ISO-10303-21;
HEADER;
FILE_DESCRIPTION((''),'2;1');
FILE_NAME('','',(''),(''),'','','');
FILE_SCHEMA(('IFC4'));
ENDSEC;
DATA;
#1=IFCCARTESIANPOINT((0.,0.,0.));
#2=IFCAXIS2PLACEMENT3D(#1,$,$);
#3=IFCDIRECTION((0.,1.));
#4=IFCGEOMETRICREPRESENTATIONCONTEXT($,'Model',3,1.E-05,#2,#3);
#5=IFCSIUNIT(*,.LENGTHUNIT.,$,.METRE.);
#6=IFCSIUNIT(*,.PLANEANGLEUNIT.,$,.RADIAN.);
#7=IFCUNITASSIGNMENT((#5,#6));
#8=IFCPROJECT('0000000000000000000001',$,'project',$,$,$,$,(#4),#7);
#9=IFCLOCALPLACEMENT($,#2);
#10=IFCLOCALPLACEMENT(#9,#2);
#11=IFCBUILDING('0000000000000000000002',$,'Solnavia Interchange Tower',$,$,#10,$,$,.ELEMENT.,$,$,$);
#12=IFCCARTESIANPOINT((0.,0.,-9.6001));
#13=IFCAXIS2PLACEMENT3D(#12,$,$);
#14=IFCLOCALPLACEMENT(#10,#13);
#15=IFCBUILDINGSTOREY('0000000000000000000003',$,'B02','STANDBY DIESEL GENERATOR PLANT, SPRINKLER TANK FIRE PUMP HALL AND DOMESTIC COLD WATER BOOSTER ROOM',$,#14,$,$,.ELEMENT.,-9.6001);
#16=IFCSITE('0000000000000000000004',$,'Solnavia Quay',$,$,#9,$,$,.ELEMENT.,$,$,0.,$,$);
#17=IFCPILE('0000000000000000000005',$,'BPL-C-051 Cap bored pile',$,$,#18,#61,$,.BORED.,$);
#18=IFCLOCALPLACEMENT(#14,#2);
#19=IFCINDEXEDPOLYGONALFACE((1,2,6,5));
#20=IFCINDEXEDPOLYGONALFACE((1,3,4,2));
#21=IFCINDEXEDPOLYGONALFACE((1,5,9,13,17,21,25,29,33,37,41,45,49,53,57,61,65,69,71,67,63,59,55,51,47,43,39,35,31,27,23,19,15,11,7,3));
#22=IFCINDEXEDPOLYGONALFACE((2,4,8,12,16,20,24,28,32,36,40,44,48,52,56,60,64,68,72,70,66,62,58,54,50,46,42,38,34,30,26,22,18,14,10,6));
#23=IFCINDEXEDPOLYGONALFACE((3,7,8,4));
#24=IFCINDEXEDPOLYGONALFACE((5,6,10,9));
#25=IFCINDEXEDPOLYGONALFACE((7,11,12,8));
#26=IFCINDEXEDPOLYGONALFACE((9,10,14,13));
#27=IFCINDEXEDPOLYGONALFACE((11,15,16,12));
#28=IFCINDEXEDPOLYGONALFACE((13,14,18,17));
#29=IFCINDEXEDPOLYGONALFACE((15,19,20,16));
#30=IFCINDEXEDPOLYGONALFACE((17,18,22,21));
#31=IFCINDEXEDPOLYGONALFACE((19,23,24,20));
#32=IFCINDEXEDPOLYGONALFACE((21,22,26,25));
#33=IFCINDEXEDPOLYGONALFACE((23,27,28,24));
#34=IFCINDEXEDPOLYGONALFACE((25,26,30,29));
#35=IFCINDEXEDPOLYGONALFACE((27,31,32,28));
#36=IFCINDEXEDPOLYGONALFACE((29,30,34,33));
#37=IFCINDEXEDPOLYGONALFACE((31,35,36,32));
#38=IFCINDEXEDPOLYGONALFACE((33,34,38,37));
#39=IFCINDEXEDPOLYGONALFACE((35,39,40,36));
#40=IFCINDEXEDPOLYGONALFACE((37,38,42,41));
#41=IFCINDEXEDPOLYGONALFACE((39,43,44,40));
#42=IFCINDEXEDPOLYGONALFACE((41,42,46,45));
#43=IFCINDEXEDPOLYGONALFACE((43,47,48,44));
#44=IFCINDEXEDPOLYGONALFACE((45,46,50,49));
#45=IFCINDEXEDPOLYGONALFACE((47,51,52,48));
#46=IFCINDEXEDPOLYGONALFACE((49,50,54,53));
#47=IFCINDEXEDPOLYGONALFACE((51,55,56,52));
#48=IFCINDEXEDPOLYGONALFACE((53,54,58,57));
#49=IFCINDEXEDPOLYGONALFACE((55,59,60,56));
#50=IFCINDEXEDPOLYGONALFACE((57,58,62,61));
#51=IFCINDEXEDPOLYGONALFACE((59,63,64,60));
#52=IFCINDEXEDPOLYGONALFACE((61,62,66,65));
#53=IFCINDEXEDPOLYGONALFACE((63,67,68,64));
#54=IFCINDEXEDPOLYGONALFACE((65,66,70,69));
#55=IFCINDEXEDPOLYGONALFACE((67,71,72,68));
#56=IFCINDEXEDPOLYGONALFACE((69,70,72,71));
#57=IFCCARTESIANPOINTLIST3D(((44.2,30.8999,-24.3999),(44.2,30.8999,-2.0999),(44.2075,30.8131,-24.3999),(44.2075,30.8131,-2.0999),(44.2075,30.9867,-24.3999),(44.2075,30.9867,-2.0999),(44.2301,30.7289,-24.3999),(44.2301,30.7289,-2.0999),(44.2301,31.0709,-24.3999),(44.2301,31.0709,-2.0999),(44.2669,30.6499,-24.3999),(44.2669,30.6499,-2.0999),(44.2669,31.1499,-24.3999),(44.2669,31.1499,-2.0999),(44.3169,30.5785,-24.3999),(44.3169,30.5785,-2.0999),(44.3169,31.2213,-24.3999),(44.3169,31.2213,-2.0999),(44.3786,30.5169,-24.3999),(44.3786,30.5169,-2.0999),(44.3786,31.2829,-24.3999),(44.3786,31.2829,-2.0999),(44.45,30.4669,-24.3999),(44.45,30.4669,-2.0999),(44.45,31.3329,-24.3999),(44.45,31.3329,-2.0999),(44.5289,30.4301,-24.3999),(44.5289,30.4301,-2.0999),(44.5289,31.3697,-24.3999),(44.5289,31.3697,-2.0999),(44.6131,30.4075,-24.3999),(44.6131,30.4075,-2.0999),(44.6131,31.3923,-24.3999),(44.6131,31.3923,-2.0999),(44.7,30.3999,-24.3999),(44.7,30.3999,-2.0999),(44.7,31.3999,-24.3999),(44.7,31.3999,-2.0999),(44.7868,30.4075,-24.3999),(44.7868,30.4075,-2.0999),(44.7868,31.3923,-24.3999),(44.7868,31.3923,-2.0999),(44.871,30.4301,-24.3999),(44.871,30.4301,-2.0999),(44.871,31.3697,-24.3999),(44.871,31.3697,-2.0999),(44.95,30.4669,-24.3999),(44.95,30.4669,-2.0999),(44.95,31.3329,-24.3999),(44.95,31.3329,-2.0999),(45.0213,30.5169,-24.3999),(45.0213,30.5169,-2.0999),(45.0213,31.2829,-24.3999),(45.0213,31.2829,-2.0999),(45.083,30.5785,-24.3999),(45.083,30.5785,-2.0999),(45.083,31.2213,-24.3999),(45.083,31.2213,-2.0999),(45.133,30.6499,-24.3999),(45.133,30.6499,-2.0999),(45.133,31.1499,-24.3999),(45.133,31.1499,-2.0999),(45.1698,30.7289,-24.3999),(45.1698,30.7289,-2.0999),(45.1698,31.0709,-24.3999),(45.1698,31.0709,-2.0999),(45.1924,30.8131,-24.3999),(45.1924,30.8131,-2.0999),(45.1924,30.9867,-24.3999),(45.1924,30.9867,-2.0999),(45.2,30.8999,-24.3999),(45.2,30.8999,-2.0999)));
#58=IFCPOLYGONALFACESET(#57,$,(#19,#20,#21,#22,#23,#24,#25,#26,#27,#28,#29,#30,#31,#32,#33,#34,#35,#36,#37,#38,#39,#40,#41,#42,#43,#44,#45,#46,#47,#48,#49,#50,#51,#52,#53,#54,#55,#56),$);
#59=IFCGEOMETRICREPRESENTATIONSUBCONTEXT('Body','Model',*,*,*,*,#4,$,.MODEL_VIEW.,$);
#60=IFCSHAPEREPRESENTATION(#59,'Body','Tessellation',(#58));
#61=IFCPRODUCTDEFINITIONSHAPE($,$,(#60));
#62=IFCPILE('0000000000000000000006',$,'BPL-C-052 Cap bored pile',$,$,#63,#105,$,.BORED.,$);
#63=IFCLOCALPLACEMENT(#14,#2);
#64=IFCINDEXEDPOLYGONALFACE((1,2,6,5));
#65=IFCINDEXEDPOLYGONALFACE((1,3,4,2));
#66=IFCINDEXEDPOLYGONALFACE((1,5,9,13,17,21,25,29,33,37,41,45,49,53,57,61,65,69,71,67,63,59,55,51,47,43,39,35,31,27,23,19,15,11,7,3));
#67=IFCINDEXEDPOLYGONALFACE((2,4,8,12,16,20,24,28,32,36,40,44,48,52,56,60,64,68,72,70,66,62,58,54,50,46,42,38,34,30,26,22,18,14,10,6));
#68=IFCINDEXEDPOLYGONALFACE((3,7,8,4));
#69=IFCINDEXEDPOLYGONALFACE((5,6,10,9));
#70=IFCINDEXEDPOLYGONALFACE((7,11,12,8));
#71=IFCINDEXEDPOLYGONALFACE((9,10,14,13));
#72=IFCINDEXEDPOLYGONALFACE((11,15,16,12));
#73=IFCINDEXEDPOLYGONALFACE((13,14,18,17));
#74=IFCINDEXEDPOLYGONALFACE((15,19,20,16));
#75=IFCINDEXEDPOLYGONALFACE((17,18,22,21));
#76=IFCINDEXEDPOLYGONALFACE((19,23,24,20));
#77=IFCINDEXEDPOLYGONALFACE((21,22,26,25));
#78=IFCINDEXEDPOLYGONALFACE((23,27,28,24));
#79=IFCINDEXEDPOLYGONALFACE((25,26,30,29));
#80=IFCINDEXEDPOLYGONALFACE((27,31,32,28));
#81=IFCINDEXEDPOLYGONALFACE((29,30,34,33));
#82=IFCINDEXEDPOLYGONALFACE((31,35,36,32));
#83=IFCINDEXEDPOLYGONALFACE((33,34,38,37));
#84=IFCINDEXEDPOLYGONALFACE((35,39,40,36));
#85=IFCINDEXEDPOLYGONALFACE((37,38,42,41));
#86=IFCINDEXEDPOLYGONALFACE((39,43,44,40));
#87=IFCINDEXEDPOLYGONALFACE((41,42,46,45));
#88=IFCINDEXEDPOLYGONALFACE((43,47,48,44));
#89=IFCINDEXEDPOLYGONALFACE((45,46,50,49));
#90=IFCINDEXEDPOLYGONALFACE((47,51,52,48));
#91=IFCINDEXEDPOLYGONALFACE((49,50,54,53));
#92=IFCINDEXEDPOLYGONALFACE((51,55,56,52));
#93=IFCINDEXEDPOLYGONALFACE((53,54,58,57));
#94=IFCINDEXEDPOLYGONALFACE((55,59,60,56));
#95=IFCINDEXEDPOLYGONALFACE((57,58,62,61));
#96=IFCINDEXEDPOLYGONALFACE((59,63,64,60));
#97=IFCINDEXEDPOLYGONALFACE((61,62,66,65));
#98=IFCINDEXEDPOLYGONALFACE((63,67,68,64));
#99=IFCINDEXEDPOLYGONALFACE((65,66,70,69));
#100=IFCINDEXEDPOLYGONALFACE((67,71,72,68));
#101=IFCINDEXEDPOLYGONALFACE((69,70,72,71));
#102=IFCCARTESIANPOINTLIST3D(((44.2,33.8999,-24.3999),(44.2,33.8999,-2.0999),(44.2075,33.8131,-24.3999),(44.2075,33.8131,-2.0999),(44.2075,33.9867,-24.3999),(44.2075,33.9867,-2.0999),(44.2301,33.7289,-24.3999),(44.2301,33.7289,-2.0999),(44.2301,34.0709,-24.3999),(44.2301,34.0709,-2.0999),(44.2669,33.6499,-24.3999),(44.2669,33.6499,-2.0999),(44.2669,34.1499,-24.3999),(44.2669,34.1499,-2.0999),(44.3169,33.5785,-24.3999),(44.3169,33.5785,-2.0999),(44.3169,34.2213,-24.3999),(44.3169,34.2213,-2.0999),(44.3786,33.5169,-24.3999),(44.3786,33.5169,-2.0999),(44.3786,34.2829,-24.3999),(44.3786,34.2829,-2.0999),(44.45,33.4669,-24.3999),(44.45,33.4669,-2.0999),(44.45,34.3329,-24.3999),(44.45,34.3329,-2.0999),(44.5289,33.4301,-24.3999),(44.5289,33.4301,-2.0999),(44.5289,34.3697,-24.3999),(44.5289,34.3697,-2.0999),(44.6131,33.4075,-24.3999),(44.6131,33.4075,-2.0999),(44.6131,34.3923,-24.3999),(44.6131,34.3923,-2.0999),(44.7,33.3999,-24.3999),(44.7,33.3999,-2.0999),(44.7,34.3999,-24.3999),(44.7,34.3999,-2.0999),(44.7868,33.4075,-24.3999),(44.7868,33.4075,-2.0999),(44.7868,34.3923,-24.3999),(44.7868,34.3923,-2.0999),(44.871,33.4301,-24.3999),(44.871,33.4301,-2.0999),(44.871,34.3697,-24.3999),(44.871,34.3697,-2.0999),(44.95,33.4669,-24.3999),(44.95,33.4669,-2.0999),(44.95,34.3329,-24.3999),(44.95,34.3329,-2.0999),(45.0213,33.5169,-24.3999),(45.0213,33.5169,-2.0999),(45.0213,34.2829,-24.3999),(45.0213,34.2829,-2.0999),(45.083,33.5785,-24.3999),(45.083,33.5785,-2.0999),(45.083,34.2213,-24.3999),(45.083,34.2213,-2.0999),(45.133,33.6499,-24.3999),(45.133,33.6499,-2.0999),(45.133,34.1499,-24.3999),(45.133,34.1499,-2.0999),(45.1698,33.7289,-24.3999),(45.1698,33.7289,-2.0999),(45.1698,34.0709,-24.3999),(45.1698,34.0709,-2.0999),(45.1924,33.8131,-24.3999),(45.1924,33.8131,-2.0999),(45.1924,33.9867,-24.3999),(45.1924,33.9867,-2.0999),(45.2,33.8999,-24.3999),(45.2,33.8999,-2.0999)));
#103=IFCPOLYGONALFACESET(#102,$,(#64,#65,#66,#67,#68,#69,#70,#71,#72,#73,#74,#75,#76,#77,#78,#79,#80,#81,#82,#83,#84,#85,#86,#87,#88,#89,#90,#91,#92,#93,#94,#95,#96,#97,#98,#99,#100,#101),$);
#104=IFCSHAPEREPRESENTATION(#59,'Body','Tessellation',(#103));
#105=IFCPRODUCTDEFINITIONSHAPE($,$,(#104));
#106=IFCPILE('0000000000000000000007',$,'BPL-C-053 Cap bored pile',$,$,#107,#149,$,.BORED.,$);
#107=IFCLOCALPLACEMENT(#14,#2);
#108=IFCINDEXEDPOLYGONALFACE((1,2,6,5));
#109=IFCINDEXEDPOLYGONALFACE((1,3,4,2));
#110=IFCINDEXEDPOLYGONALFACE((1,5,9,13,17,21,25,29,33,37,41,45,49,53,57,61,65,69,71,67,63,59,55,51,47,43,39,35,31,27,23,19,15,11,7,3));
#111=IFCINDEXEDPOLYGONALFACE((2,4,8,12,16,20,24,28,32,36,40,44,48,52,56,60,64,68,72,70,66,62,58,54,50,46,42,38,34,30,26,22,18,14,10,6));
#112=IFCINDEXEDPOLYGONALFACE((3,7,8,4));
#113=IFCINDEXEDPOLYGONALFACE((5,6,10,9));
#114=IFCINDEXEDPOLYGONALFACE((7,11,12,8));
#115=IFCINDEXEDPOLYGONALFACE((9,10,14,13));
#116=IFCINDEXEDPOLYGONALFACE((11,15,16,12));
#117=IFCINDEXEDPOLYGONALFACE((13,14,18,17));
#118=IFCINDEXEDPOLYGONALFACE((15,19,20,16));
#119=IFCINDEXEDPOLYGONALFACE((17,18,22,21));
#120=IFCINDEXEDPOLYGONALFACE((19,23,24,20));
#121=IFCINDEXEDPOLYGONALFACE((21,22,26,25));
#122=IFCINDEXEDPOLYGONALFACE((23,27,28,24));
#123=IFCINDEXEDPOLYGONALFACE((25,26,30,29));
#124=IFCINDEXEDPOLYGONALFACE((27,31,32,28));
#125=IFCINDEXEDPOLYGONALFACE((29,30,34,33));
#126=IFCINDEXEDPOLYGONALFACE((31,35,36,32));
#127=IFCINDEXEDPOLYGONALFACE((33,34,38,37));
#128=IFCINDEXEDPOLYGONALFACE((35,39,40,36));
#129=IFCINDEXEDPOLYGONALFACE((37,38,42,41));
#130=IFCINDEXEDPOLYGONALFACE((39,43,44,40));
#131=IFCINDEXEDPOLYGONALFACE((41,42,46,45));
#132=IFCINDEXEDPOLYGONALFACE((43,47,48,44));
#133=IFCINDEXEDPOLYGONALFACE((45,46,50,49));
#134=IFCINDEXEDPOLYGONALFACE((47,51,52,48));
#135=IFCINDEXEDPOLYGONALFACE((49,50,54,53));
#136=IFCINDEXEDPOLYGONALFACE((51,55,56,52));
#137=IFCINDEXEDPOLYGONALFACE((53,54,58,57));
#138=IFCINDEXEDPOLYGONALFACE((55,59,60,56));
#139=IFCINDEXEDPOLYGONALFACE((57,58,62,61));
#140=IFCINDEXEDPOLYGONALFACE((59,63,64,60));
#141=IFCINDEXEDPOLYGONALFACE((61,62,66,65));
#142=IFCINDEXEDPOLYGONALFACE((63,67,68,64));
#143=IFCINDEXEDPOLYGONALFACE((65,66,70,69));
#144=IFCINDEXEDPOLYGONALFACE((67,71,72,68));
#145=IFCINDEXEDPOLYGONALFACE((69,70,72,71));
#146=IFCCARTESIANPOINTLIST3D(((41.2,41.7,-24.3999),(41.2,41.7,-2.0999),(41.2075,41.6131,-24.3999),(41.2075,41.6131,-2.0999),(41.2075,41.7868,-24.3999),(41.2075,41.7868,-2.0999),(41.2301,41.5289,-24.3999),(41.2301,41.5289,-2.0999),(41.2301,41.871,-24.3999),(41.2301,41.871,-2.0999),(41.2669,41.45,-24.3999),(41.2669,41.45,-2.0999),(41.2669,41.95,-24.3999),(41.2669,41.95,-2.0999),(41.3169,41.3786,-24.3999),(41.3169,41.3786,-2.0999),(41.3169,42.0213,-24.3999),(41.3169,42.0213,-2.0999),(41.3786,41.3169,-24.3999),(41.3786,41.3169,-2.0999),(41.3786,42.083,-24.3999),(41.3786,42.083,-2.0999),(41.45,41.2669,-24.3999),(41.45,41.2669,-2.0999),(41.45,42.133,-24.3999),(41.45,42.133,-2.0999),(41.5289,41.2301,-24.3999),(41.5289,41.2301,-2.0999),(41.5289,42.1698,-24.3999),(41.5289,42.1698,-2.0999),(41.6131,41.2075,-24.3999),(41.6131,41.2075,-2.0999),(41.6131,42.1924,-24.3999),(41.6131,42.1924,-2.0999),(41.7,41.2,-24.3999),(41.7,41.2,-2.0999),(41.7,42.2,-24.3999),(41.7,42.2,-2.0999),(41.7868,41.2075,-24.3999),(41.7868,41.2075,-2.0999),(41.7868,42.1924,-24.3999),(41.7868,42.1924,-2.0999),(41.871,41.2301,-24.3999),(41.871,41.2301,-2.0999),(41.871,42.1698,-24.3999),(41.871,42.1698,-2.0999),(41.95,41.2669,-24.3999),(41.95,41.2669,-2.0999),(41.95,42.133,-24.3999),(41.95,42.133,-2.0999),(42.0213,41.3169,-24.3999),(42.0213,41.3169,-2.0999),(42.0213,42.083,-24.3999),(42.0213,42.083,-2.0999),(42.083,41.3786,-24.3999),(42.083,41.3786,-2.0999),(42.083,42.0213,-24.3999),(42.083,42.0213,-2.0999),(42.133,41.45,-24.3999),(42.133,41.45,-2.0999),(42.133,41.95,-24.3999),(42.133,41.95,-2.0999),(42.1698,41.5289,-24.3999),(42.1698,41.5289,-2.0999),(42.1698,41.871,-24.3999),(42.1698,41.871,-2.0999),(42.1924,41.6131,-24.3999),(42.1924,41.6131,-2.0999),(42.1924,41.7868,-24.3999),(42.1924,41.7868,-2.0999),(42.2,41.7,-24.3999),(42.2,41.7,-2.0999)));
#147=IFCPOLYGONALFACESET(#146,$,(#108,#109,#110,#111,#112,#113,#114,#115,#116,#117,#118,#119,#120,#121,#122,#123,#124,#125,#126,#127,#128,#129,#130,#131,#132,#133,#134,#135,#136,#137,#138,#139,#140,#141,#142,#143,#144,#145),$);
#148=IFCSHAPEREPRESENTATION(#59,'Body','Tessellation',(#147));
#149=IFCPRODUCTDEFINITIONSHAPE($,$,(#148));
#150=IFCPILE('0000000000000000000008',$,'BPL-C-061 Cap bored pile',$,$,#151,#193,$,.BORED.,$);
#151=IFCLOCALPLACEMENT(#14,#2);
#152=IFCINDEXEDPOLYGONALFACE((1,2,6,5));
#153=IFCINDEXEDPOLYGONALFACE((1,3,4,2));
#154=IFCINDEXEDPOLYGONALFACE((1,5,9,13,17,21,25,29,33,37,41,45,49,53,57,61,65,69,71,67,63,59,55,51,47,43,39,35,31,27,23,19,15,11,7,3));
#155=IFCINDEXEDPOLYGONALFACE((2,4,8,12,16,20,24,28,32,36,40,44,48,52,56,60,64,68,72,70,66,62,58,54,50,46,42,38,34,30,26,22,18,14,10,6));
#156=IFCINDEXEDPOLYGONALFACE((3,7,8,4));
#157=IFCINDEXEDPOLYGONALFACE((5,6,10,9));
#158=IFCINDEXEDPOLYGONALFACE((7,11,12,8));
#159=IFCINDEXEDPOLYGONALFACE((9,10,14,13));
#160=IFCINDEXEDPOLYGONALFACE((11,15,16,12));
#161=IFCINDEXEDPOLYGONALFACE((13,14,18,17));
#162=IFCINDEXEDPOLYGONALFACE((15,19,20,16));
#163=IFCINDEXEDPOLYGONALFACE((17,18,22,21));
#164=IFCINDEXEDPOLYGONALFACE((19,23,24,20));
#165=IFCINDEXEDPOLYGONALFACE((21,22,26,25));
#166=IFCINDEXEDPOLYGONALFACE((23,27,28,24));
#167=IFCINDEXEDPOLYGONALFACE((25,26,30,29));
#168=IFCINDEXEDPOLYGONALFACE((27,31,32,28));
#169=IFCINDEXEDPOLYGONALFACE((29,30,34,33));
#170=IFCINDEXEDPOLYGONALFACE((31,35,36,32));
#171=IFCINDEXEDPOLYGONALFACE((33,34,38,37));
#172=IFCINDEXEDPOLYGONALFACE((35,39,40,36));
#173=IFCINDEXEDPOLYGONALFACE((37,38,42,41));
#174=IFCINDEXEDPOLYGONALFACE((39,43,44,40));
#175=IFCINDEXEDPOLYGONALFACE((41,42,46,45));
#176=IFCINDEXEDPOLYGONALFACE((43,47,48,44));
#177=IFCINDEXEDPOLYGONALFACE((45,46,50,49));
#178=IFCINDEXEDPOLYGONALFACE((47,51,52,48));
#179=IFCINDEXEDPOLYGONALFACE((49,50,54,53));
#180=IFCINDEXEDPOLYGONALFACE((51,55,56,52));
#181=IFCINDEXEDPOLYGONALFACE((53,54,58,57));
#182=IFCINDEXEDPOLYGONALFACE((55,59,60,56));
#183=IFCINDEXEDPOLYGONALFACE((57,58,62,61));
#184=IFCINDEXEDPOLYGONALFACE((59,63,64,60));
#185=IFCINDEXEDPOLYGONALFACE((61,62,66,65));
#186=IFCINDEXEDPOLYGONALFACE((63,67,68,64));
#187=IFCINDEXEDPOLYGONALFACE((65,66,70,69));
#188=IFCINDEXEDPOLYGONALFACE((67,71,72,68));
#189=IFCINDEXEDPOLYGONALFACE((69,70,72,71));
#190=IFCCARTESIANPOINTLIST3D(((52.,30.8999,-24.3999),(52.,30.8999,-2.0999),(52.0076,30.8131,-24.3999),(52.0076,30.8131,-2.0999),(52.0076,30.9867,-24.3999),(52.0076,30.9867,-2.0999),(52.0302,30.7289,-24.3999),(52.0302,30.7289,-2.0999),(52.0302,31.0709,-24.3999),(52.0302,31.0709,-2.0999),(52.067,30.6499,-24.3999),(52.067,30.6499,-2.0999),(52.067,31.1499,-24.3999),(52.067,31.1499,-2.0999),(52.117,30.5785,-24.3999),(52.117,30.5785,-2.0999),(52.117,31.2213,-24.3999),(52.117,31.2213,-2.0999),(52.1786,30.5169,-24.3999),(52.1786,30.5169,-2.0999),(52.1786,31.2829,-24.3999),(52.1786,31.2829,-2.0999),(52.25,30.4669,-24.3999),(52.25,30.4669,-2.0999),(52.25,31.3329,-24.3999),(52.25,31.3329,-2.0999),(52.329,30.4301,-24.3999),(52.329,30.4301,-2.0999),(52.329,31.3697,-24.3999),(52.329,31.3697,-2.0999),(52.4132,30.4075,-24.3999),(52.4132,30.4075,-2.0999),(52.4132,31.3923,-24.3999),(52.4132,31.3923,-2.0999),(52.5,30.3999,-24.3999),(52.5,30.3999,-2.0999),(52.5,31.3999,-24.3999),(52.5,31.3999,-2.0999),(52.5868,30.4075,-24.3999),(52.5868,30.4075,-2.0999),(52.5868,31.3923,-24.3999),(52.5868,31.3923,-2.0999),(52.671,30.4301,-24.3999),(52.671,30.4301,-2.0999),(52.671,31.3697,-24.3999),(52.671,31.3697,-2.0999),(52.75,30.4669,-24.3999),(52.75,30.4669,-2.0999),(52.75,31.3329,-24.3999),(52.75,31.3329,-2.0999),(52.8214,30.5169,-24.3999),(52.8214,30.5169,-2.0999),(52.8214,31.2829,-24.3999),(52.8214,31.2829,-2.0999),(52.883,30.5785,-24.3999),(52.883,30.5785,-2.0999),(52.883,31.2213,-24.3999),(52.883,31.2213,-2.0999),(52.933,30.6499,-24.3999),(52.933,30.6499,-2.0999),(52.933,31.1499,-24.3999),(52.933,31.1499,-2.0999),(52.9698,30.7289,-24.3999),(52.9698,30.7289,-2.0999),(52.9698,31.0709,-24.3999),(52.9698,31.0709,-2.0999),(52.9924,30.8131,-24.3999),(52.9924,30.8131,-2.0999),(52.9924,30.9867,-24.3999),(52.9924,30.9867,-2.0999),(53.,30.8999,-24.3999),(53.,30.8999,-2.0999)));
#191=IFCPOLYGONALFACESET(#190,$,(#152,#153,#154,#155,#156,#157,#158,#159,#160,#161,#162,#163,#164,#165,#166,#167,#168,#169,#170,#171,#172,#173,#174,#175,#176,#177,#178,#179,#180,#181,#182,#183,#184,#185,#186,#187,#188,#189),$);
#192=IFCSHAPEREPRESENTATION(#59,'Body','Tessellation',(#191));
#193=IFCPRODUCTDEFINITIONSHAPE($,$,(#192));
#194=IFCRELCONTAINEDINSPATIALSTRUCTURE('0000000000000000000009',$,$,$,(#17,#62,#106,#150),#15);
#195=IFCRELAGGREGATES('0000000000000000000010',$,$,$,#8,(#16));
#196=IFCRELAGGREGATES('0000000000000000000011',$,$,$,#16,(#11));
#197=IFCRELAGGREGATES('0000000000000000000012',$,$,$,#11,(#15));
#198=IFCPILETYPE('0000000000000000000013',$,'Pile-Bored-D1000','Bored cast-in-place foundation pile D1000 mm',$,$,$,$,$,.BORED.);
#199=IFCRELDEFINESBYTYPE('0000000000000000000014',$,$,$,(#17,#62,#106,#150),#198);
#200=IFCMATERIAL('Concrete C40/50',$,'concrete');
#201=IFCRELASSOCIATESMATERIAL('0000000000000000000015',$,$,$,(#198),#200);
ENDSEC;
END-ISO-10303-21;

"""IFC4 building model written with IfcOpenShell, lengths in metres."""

from ifc_helpers import new_model, si_unit, direction, frame, origin, origin_2d, place, context, subcontext, project, spatial, circle, extrude, material, material_profile, profile_set, type_object, element, save


model = new_model("IFC4")

# Units and contexts
model_context = context("Model", 3, precision=1e-05, world=origin(), true_north=direction((0.0, 1.0)))
body_context = subcontext(model_context, "Body", "Model", "MODEL_VIEW")
ifc_project = project(units=[si_unit("LENGTHUNIT", "METRE"), si_unit("PLANEANGLEUNIT", "RADIAN")], contexts=[model_context])

# Site, building, storey
site_placement = place(None, origin())
site = spatial("IfcSite", under=ifc_project, at=site_placement, Name="Solnavia Quay", CompositionType="ELEMENT", RefElevation=0.0)
building_placement = place(site_placement, origin())
building = spatial("IfcBuilding", under=site, at=building_placement, Name="Solnavia Interchange Tower", CompositionType="ELEMENT")
storey_placement = place(building_placement, frame((0.0, 0.0, -9.6001)))
storey = spatial("IfcBuildingStorey", under=building, at=storey_placement, Name="B02", Description="STANDBY DIESEL GENERATOR PLANT, SPRINKLER TANK FIRE PUMP HALL AND DOMESTIC COLD WATER BOOSTER ROOM", CompositionType="ELEMENT", Elevation=-9.6001)

# Shared definitions
ifc_material_1 = material(Name="Concrete C40/50", Category="concrete")

# Piles
ifc_material_profile_1 = material_profile(ifc_material_1, circle(Radius=0.5, at=origin_2d()), Name="PILE D1000")
ifc_profile_set_1 = profile_set([ifc_material_profile_1], Name="Concrete C40/50")
pile_type = type_object("IfcPileType", Name="Pile-Bored-D1000", Description="Bored cast-in-place foundation pile D1000 mm", PredefinedType="BORED", material=ifc_profile_set_1)
for number, where, z_axis, x_axis, name in (
    (1, (44.7, 30.8999, -2.0999), (0.0, 0.0, -1.0), (1.0, 0.0, 0.0), "BPL-C-051 Cap bored pile"),
    (2, (44.7, 33.8999, -2.0999), (0.0, 0.0, -1.0), (1.0, 0.0, 0.0), "BPL-C-052 Cap bored pile"),
    (3, (41.7, 41.7, -2.0999), (0.0, 0.0, -1.0), (1.0, 0.0, 0.0), "BPL-C-053 Cap bored pile"),
    (4, (52.5, 30.8999, -2.0999), (0.0, 0.0, -1.0), (1.0, 0.0, 0.0), "BPL-C-061 Cap bored pile"),
):
    element("IfcPile", number, at=place(storey_placement, frame(where, z_axis=z_axis, x_axis=x_axis)), inside=storey, type_object=pile_type, Name=name, PredefinedType="BORED", context=body_context, shape_type="SweptSolid", body=[
        extrude(circle(Radius=0.5, at=origin_2d()), origin(), (0.0, 0.0, 1.0), 22.3),
    ])

save(model, "model.ifc")
